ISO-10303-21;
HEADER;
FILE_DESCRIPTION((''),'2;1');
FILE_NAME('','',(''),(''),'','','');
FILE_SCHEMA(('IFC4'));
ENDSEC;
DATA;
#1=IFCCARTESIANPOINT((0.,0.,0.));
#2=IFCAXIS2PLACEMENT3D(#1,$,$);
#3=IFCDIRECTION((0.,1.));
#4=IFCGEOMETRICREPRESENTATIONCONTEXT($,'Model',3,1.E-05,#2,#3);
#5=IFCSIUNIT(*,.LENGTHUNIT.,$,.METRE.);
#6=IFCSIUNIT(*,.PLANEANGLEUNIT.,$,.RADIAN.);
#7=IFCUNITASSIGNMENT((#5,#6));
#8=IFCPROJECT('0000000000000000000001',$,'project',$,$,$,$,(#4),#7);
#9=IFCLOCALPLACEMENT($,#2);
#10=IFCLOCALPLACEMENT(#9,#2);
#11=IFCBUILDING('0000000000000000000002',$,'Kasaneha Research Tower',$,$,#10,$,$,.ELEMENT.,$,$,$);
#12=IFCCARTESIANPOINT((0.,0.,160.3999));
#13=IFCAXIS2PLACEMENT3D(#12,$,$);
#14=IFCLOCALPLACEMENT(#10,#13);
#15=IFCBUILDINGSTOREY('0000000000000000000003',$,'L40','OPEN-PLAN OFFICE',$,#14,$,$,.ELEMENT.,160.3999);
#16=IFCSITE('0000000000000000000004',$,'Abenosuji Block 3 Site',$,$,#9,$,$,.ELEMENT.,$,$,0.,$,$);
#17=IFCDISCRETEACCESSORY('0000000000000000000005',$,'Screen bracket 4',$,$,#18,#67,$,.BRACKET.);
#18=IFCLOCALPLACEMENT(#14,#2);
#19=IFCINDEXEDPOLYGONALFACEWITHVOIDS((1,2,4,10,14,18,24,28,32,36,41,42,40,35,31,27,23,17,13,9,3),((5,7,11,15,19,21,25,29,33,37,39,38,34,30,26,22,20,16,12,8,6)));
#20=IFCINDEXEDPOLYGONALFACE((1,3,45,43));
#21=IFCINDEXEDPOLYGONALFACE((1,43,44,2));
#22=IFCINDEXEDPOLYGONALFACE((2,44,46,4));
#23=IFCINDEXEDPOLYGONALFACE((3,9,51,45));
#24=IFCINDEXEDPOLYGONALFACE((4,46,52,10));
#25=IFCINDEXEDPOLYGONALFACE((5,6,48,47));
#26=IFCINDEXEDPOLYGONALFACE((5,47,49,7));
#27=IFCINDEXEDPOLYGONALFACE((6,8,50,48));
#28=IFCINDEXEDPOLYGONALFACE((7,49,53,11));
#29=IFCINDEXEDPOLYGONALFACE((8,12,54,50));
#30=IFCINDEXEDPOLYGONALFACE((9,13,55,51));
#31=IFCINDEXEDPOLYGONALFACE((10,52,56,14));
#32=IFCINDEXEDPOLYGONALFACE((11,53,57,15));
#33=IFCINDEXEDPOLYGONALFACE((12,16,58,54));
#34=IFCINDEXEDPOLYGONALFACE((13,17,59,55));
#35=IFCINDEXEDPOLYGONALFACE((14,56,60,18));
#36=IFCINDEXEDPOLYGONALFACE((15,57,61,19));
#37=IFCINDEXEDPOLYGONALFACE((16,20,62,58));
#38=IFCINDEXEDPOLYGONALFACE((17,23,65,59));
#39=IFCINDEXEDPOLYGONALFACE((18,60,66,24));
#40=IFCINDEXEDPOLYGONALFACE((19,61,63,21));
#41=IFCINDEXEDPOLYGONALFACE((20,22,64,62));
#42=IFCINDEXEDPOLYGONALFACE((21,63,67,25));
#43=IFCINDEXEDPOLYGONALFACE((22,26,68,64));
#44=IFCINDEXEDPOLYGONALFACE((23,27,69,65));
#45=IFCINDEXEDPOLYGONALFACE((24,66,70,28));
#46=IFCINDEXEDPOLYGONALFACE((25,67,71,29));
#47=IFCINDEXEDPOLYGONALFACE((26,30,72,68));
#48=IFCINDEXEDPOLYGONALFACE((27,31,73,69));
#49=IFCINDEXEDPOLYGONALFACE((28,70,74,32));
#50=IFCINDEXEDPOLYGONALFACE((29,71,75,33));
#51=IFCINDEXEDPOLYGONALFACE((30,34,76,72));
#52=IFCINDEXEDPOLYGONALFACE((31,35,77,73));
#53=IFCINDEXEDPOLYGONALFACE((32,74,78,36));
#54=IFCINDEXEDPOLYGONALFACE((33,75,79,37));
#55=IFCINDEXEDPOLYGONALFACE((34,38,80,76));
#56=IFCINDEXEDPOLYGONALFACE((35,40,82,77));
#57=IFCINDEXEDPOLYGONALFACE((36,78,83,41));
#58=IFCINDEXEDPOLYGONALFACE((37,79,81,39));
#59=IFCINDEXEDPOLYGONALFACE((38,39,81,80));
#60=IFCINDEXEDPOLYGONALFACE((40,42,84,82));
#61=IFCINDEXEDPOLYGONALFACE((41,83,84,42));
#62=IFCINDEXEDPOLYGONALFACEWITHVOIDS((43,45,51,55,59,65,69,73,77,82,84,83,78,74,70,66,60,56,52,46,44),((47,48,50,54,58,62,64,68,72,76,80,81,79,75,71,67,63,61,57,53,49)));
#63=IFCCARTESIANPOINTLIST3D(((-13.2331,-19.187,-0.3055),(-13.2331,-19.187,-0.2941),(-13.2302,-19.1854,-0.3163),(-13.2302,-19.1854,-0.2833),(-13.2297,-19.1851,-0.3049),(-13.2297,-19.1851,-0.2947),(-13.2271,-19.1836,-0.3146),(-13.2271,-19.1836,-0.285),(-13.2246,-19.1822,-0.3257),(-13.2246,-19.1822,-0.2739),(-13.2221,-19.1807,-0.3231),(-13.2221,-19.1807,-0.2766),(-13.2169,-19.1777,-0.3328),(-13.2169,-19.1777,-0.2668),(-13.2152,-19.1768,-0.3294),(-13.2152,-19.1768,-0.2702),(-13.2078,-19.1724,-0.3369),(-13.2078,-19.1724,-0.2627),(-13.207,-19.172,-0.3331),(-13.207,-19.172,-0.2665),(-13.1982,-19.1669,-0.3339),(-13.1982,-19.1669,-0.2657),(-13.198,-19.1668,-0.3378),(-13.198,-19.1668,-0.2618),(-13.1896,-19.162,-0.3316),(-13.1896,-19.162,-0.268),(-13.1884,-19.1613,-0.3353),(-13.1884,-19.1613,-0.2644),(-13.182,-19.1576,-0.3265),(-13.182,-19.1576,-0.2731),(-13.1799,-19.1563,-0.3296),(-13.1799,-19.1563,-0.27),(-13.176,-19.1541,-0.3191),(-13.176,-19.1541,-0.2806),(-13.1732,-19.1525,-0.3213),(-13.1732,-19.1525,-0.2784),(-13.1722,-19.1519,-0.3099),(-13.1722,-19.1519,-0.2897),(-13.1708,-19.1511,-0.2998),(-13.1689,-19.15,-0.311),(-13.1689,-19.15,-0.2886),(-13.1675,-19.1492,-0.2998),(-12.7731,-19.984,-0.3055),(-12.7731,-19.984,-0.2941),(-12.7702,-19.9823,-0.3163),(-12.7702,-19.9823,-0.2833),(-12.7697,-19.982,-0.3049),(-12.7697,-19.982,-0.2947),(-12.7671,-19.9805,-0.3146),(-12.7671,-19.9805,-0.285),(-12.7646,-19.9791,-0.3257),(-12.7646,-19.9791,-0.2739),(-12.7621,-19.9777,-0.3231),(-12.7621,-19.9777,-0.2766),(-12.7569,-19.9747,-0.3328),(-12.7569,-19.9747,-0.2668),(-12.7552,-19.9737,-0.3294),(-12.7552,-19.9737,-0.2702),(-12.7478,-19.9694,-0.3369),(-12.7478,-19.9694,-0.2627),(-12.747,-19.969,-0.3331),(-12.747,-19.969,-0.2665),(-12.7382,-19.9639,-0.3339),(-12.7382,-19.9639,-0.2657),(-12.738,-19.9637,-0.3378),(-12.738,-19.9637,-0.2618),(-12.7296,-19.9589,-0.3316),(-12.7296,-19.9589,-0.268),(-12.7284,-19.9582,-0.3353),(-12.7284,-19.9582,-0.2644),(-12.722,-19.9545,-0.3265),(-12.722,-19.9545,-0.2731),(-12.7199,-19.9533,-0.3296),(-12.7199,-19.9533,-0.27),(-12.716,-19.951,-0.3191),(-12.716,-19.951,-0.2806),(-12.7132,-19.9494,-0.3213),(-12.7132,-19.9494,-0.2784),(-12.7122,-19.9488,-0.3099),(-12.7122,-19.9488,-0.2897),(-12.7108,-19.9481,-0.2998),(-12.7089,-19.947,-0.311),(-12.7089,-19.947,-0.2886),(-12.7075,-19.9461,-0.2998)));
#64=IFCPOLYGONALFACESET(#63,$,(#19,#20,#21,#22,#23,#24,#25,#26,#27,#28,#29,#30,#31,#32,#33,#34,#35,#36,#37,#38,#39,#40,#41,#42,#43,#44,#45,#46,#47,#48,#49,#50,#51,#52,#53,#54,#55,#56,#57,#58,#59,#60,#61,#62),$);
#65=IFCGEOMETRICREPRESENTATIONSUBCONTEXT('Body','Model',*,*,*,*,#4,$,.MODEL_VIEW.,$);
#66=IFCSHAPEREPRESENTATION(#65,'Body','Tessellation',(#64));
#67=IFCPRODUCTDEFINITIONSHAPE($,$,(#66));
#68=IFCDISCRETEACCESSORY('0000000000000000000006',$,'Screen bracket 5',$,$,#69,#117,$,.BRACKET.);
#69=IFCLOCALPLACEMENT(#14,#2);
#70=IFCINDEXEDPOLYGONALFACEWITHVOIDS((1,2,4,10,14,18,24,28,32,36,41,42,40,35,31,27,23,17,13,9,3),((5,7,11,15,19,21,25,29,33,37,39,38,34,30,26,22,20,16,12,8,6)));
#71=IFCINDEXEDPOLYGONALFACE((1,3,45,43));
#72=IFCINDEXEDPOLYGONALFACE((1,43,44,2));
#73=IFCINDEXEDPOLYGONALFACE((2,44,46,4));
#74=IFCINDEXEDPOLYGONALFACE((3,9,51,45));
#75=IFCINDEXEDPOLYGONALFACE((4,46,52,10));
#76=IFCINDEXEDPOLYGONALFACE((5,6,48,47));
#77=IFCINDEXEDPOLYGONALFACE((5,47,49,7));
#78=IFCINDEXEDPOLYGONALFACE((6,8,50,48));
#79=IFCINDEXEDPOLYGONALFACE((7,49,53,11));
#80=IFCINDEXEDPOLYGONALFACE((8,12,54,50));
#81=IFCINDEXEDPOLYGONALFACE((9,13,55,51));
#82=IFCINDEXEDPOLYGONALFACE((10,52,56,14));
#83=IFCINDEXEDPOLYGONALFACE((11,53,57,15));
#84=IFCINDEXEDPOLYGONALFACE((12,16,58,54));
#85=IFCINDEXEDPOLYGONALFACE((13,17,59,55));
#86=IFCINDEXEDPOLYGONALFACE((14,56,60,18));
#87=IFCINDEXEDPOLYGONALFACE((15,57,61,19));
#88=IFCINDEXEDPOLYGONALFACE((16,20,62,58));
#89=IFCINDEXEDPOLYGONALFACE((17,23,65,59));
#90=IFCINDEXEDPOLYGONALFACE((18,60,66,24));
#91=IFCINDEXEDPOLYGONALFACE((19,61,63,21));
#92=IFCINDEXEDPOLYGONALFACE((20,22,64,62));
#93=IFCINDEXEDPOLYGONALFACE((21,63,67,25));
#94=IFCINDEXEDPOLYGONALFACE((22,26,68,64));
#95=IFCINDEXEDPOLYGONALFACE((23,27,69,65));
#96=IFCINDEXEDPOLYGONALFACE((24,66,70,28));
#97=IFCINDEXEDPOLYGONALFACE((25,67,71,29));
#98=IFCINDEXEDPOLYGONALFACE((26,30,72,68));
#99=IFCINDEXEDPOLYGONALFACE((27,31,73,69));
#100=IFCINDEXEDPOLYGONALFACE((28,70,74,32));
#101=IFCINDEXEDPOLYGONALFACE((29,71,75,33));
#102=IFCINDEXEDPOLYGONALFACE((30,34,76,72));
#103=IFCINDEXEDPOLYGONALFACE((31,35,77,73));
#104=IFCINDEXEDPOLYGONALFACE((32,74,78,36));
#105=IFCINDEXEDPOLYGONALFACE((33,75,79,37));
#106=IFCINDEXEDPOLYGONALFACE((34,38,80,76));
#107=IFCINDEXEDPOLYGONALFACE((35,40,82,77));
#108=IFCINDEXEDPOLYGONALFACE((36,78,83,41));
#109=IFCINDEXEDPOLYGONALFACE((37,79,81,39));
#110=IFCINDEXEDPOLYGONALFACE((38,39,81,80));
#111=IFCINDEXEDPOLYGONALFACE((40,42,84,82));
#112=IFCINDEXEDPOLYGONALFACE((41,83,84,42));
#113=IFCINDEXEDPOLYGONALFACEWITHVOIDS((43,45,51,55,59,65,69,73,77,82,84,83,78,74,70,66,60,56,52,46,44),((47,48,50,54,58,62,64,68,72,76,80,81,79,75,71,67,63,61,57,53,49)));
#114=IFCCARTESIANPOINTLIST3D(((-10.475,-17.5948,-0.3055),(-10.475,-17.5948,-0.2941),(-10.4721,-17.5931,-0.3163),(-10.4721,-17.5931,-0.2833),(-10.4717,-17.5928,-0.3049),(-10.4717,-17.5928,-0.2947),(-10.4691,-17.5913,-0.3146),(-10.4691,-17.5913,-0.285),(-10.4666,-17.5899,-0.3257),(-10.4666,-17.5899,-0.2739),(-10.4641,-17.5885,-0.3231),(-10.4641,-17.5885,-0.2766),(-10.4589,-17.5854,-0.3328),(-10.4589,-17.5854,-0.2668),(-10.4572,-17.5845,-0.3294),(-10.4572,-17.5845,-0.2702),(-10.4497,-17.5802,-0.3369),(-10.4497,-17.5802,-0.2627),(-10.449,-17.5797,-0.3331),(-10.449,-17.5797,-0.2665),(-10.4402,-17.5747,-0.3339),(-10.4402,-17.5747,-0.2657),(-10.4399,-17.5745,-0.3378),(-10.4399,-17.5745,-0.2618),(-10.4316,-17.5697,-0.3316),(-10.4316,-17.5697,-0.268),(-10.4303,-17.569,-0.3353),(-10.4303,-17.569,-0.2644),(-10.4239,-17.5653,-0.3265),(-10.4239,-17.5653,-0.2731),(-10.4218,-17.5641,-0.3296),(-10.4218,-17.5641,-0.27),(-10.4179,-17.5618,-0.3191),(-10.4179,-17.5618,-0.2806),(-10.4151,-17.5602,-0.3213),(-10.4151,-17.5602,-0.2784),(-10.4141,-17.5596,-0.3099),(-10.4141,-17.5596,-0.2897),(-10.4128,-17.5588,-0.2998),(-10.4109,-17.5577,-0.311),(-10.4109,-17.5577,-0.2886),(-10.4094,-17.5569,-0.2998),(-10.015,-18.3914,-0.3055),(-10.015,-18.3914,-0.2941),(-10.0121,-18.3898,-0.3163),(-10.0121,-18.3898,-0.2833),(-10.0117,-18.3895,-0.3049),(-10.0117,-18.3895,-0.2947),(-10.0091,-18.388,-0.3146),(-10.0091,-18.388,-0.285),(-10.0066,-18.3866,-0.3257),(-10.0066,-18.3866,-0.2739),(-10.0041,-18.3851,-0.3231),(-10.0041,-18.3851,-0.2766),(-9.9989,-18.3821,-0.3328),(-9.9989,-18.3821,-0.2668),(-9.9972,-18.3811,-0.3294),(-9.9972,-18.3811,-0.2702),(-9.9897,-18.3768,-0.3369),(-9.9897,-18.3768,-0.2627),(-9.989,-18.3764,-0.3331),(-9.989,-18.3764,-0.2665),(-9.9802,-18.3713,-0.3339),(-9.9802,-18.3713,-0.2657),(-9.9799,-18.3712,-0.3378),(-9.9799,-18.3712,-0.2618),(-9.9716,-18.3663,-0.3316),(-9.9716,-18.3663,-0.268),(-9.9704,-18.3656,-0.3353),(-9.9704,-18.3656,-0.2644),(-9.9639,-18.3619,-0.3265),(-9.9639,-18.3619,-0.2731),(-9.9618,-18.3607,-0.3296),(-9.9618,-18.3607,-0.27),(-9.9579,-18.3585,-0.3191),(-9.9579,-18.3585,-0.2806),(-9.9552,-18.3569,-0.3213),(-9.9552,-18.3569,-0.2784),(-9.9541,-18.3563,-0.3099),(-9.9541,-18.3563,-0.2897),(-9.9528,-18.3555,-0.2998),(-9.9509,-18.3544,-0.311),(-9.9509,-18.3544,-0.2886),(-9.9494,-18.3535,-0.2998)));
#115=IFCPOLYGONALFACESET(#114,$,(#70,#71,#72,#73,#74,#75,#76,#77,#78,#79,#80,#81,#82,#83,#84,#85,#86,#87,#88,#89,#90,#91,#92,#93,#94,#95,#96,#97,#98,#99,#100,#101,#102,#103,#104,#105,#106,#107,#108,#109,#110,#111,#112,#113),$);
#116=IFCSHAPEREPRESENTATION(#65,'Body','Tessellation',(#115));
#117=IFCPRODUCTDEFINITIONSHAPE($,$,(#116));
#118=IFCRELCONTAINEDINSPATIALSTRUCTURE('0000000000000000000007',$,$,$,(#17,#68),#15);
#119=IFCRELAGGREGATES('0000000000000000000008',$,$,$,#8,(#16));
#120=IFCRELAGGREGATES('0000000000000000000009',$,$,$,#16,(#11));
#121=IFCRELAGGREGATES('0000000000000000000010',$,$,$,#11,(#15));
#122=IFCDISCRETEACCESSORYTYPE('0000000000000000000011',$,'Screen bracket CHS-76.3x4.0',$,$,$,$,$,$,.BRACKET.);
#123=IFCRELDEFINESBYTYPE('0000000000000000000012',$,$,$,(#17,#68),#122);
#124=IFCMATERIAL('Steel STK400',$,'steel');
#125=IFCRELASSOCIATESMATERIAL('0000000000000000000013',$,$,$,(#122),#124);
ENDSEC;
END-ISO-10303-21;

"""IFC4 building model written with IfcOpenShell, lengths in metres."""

from ifc_helpers import new_model, si_unit, direction, frame, origin, origin_2d, place, context, subcontext, project, spatial, hollow_circle, extrude, material, material_profile, profile_set, type_object, element, save


model = new_model("IFC4")

# Units and contexts
model_context = context("Model", 3, precision=1e-05, world=origin(), true_north=direction((0.0, 1.0)))
body_context = subcontext(model_context, "Body", "Model", "MODEL_VIEW")
ifc_project = project(units=[si_unit("LENGTHUNIT", "METRE"), si_unit("PLANEANGLEUNIT", "RADIAN")], contexts=[model_context])

# Site, building, storey
site_placement = place(None, origin())
site = spatial("IfcSite", under=ifc_project, at=site_placement, Name="Abenosuji Block 3 Site", CompositionType="ELEMENT", RefElevation=0.0)
building_placement = place(site_placement, origin())
building = spatial("IfcBuilding", under=site, at=building_placement, Name="Kasaneha Research Tower", CompositionType="ELEMENT")
storey_placement = place(building_placement, frame((0.0, 0.0, 160.3999)))
storey = spatial("IfcBuildingStorey", under=building, at=storey_placement, Name="L40", Description="OPEN-PLAN OFFICE", CompositionType="ELEMENT", Elevation=160.3999)

# Discrete accessories
ifc_material_1 = material(Name="Steel STK400", Category="steel")
ifc_material_profile_1 = material_profile(ifc_material_1, hollow_circle(Radius=0.0381, WallThickness=0.0039, at=origin_2d()), Name="CHS-76.3x4.0")
ifc_profile_set_1 = profile_set([ifc_material_profile_1], Name="Steel STK400")
discrete_accessory_type = type_object("IfcDiscreteAccessoryType", Name="Screen bracket CHS-76.3x4.0", PredefinedType="BRACKET", material=ifc_profile_set_1)
discrete_accessory_1_placement = place(storey_placement, frame((-13.2004, -19.1682, -0.2998), z_axis=(0.499906, -0.86608, 0.0), x_axis=(0.86608, 0.499906, 0.0)))
element("IfcDiscreteAccessory", 1, at=discrete_accessory_1_placement, inside=storey, type_object=discrete_accessory_type, Name="Screen bracket 4", PredefinedType="BRACKET", context=body_context, shape_type="SweptSolid", body=[
    extrude(hollow_circle(Radius=0.0381, WallThickness=0.0039, at=origin_2d()), origin(), (0.0, 0.0, 1.0), 0.9202),
])
discrete_accessory_2_placement = place(storey_placement, frame((-10.4424, -17.5759, -0.2998), z_axis=(0.500021, -0.866013, 0.0), x_axis=(0.866013, 0.500021, 0.0)))
element("IfcDiscreteAccessory", 2, at=discrete_accessory_2_placement, inside=storey, type_object=discrete_accessory_type, Name="Screen bracket 5", PredefinedType="BRACKET", context=body_context, shape_type="SweptSolid", body=[
    extrude(hollow_circle(Radius=0.0381, WallThickness=0.0039, at=origin_2d()), origin(), (0.0, 0.0, 1.0), 0.9199),
])

save(model, "model.ifc")
